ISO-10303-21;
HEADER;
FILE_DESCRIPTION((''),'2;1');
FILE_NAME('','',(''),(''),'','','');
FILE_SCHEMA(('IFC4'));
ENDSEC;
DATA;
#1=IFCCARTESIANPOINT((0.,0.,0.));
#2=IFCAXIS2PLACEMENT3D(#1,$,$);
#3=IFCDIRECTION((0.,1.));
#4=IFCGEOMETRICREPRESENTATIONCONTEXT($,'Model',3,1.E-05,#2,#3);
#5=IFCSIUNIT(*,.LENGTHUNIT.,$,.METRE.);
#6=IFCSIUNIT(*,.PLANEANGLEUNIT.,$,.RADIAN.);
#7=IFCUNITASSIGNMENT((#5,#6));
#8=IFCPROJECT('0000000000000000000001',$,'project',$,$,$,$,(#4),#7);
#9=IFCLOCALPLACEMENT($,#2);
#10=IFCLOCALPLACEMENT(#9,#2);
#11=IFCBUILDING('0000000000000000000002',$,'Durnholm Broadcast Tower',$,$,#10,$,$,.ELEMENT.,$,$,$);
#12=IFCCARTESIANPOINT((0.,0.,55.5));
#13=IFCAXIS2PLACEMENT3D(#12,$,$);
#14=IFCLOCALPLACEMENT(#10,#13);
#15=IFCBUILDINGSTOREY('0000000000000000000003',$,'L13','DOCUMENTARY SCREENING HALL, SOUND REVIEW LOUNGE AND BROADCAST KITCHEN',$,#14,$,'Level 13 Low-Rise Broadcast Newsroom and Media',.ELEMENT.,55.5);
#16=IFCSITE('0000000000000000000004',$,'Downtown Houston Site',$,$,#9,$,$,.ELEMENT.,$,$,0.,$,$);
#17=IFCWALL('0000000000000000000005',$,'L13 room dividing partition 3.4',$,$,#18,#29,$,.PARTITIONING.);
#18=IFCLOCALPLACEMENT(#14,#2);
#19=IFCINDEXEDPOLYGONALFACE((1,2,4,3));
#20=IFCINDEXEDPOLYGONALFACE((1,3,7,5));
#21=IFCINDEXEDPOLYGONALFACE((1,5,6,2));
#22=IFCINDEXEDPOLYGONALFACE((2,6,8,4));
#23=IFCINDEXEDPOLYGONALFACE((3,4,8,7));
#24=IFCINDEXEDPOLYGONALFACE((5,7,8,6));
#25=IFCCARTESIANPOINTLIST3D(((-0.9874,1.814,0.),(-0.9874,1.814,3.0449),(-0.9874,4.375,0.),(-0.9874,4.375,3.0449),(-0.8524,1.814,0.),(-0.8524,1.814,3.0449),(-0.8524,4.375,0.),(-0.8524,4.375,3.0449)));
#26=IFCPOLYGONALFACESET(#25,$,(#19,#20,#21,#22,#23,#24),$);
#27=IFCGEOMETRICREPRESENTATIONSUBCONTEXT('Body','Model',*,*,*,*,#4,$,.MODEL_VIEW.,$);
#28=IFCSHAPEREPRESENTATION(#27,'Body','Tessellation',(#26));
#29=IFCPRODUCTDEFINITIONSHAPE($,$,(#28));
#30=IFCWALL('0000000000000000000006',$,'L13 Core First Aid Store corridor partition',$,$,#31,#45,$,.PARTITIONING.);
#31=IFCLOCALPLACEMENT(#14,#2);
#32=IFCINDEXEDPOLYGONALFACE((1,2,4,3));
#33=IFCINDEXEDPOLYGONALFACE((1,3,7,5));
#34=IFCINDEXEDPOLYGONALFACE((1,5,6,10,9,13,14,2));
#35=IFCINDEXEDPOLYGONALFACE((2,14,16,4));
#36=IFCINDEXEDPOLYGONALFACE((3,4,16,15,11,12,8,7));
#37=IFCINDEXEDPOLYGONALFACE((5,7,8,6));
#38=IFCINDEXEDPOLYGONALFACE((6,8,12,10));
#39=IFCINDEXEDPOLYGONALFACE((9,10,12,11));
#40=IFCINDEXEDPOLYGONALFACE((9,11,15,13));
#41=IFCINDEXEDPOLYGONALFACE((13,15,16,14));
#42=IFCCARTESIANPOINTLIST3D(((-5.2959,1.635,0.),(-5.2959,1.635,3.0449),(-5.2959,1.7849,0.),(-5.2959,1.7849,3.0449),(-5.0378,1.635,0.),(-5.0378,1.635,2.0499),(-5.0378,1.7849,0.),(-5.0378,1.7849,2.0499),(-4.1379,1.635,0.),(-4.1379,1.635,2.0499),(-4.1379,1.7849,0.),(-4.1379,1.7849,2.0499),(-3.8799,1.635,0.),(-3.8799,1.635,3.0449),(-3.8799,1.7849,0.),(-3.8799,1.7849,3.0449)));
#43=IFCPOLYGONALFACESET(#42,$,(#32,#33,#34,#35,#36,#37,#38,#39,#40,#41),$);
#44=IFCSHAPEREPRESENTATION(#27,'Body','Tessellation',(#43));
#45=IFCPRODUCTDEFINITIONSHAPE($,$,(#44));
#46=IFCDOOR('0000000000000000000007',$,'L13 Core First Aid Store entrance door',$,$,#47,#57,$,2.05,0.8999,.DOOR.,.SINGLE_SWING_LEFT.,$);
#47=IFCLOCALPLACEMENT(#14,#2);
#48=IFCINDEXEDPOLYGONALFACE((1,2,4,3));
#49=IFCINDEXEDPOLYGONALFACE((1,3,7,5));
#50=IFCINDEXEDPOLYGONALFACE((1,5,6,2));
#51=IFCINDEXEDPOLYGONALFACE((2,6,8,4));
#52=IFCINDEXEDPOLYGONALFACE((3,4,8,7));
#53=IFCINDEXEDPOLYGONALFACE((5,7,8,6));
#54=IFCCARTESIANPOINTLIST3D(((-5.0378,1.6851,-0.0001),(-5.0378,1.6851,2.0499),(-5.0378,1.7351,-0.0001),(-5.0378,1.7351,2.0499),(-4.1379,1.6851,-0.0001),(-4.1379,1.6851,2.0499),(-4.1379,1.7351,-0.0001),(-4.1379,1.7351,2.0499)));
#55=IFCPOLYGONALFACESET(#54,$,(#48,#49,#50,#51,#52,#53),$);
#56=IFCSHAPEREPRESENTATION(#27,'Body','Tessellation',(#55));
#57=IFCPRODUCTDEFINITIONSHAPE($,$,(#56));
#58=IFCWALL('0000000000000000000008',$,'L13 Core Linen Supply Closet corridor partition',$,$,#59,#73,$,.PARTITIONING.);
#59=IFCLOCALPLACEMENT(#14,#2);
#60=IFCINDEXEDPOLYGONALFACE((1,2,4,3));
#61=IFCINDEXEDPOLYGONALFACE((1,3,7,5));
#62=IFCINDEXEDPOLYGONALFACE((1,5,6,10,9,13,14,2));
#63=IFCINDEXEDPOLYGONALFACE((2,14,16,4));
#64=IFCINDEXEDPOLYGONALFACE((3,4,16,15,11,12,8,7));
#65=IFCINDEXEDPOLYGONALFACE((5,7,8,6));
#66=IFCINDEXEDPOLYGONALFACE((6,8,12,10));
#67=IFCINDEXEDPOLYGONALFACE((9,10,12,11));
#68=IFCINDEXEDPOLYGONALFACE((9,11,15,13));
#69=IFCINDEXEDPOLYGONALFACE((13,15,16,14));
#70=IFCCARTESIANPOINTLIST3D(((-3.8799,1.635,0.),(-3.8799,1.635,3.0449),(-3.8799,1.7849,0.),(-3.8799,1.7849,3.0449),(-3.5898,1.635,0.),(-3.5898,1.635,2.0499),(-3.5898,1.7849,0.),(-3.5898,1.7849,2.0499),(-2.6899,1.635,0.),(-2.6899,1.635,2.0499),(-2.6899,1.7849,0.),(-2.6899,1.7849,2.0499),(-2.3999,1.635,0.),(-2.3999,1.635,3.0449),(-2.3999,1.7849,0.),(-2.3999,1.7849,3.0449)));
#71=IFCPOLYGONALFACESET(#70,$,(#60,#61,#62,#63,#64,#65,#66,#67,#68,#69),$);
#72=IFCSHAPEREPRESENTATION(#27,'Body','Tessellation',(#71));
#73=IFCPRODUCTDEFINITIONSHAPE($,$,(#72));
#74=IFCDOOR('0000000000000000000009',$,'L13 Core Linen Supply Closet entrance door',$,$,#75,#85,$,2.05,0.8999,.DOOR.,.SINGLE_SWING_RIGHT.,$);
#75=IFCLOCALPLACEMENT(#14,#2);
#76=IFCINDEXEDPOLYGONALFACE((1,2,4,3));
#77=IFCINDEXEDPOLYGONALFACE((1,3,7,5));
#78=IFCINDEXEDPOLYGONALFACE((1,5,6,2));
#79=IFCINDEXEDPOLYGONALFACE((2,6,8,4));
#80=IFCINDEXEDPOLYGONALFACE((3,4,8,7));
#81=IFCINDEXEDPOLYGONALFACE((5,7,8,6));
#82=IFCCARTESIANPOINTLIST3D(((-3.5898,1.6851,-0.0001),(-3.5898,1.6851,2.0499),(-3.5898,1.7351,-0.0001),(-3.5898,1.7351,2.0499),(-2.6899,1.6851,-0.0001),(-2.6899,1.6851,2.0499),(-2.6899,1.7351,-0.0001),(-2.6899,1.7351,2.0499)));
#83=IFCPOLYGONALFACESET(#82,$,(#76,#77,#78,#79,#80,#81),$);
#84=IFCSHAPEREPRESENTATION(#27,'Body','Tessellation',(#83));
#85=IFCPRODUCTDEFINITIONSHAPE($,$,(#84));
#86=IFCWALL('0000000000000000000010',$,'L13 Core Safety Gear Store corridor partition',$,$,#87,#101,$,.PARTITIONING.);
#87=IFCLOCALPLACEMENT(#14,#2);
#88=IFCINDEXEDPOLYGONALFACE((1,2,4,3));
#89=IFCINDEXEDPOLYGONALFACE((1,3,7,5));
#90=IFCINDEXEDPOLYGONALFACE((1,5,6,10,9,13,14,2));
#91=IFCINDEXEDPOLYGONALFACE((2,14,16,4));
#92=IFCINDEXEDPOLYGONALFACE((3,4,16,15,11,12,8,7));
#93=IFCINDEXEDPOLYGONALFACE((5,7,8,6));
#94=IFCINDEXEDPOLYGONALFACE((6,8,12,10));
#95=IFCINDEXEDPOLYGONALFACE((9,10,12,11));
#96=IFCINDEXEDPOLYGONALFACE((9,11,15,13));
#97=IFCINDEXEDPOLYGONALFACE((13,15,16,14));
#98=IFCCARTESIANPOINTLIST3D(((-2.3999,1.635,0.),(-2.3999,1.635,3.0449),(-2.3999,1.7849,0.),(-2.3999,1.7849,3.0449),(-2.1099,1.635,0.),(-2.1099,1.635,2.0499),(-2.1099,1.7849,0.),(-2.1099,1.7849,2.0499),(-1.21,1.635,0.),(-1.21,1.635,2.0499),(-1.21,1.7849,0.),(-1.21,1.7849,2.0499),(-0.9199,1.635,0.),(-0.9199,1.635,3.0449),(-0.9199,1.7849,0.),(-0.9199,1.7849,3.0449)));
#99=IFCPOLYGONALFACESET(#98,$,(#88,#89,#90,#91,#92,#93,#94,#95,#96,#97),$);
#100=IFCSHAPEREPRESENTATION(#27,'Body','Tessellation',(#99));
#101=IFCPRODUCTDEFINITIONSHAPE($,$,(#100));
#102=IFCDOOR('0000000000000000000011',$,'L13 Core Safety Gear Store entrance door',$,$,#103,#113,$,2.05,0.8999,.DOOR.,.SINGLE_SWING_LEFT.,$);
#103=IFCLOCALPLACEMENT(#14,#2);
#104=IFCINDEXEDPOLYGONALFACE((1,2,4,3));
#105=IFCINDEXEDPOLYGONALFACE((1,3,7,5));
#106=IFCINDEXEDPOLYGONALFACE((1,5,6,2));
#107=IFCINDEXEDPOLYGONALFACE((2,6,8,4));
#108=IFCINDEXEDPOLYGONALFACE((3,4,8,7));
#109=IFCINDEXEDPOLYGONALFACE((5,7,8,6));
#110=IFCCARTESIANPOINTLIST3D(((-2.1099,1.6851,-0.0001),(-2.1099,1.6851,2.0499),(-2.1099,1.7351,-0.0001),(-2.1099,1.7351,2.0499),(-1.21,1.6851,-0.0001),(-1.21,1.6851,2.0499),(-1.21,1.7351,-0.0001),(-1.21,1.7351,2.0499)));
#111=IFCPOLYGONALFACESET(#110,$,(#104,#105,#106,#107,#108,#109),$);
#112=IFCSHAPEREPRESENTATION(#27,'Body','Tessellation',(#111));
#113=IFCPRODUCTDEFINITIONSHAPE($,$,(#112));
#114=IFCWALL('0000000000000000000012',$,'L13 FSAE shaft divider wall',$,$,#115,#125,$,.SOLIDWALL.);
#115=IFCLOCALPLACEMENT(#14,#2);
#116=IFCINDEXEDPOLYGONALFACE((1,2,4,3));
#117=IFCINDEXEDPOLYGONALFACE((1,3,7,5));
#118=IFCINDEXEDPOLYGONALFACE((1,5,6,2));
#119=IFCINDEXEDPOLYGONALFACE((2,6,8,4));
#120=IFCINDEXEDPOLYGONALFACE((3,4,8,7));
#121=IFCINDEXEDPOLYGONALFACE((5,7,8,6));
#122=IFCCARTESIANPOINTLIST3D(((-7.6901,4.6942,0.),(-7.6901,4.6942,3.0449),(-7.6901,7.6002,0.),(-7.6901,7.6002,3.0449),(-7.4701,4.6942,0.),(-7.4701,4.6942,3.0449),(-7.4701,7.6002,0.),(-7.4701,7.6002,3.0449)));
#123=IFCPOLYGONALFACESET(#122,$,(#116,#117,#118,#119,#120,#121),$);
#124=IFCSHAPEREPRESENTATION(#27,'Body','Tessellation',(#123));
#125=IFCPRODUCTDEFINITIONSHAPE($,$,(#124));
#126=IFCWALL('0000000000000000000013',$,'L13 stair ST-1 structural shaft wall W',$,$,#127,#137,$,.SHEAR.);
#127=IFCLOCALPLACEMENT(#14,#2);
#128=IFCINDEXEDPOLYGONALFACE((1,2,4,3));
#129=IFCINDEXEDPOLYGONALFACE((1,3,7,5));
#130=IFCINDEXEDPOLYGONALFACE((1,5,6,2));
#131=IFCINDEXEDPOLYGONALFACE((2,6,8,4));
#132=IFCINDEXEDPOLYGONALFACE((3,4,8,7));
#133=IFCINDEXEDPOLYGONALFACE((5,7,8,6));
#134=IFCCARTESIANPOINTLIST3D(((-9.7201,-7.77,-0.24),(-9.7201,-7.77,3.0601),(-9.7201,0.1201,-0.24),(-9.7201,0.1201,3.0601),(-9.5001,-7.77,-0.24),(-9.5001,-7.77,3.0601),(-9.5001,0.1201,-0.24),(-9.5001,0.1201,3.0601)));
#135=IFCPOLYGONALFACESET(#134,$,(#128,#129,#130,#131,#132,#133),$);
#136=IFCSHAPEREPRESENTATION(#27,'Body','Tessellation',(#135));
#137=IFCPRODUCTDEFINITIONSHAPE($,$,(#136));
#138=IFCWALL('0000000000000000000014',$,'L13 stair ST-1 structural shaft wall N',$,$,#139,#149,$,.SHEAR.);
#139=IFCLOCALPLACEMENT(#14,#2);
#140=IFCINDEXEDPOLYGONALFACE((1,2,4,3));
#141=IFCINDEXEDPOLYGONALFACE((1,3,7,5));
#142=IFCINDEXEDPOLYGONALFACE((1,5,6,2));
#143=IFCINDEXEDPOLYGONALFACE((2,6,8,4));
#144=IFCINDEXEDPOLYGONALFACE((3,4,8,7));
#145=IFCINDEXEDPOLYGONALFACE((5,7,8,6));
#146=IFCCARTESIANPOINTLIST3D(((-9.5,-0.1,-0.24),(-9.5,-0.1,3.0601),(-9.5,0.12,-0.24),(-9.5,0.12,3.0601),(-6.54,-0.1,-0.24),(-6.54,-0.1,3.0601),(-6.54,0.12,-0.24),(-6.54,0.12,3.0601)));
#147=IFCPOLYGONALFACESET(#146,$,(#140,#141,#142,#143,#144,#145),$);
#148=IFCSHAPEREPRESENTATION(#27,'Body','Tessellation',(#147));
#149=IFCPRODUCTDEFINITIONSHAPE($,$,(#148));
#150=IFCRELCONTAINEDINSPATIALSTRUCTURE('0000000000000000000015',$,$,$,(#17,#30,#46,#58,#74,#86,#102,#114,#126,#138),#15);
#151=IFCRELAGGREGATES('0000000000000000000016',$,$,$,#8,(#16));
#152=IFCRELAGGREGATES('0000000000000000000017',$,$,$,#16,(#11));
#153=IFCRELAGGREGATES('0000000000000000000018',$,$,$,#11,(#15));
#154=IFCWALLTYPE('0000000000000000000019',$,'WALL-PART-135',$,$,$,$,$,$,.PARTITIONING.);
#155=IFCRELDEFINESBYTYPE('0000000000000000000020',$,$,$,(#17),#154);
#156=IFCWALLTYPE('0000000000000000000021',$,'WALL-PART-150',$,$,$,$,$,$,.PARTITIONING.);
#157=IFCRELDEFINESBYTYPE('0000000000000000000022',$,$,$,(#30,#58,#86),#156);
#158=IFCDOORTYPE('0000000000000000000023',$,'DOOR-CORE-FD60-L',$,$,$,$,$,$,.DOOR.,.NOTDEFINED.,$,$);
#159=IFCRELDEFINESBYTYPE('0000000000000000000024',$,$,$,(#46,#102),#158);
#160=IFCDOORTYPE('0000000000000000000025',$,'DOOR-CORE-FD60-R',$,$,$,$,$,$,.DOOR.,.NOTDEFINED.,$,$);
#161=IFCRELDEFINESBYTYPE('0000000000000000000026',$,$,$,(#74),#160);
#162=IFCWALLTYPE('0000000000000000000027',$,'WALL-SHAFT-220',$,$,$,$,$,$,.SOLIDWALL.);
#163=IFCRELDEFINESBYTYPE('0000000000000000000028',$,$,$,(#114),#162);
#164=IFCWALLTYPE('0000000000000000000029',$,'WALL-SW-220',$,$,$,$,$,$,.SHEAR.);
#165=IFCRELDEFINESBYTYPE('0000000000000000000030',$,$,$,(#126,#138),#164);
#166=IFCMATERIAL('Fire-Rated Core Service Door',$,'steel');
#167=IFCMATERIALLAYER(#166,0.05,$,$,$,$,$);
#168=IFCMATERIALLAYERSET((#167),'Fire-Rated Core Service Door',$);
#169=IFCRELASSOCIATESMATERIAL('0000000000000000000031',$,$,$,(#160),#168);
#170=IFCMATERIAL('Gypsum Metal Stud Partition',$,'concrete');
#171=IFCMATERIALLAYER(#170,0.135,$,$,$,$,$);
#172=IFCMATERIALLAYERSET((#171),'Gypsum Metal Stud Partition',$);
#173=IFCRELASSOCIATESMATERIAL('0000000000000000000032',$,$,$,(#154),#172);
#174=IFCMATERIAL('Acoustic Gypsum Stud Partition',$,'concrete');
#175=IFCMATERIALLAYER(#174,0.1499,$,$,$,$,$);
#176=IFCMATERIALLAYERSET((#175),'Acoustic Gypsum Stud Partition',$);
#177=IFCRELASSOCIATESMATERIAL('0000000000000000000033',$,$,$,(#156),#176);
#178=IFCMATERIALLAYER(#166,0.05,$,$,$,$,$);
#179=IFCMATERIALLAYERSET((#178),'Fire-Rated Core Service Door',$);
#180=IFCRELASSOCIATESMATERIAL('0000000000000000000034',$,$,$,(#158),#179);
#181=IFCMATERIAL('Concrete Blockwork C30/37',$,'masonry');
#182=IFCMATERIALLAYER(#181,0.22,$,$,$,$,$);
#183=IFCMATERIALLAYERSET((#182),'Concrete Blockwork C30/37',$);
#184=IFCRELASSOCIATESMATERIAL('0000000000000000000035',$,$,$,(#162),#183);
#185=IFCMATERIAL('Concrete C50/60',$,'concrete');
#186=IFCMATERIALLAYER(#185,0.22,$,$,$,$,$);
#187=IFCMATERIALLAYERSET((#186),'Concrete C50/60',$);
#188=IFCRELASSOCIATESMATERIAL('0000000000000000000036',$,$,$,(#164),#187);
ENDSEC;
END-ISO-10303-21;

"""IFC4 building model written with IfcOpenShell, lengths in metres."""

from ifc_helpers import new_model, si_unit, direction, frame, frame_2d, origin, place, context, subcontext, project, spatial, rectangle, extrude, source, transform, mapped, material, layer, layer_set, type_object, type_shapes, element, fill, save


model = new_model("IFC4")

# Units and contexts
model_context = context("Model", 3, precision=1e-05, world=origin(), true_north=direction((0.0, 1.0)))
body_context = subcontext(model_context, "Body", "Model", "MODEL_VIEW")
ifc_project = project(units=[si_unit("LENGTHUNIT", "METRE"), si_unit("PLANEANGLEUNIT", "RADIAN")], contexts=[model_context])

# Site, building, storey
site_placement = place(None, origin())
site = spatial("IfcSite", under=ifc_project, at=site_placement, Name="Downtown Houston Site", CompositionType="ELEMENT", RefElevation=0.0)
building_placement = place(site_placement, origin())
building = spatial("IfcBuilding", under=site, at=building_placement, Name="Durnholm Broadcast Tower", CompositionType="ELEMENT")
storey_placement = place(building_placement, frame((0.0, 0.0, 55.5)))
storey = spatial("IfcBuildingStorey", under=building, at=storey_placement, Name="L13", Description="DOCUMENTARY SCREENING HALL, SOUND REVIEW LOUNGE AND BROADCAST KITCHEN", LongName="Level 13 Low-Rise Broadcast Newsroom and Media", CompositionType="ELEMENT", Elevation=55.5)

# Shared definitions
ifc_material_1 = material(Name="Fire-Rated Core Service Door", Category="steel")
ifc_layer_1 = layer(ifc_material_1, 0.05)
ifc_layer_set_1 = layer_set([ifc_layer_1], Name="Fire-Rated Core Service Door")
door_type_1 = type_object("IfcDoorType", Name="DOOR-CORE-FD60-R", OperationType="NOTDEFINED", PredefinedType="DOOR", material=ifc_layer_set_1)
shared_shape_1 = source(origin(), body_context, "Body", "SweptSolid", [
    extrude(rectangle(XDim=0.8999, YDim=2.05, at=frame_2d((0.45, 1.0249))), frame((0.0, 0.0249, 0.0), z_axis=(0.0, -1.0, 0.0), x_axis=(1.0, 0.0, 0.0)), (0.0, 0.0, 1.0), 0.05),
])
type_shapes(door_type_1, [shared_shape_1])

# Wall
ifc_material_2 = material(Name="Gypsum Metal Stud Partition", Category="concrete")
ifc_layer_2 = layer(ifc_material_2, 0.135)
ifc_layer_set_2 = layer_set([ifc_layer_2], Name="Gypsum Metal Stud Partition")
wall_type_1 = type_object("IfcWallType", Name="WALL-PART-135", PredefinedType="PARTITIONING", material=ifc_layer_set_2)
wall_1_placement = place(storey_placement, frame((-0.9199, 4.375, 0.0), z_axis=(0.0, 0.0, 1.0), x_axis=(0.0, -1.0, 0.0)))
element("IfcWall", 1, at=wall_1_placement, inside=storey, type_object=wall_type_1, Name="L13 room dividing partition 3.4", PredefinedType="PARTITIONING", context=body_context, shape_type="SweptSolid", body=[
    extrude(rectangle(XDim=2.561, YDim=0.135, at=frame_2d((1.2805, 0.0))), origin(), (0.0, 0.0, 1.0), 3.0449),
])

# Walls, openings, doors
ifc_material_3 = material(Name="Acoustic Gypsum Stud Partition", Category="concrete")
ifc_layer_3 = layer(ifc_material_3, 0.1499)
ifc_layer_set_3 = layer_set([ifc_layer_3], Name="Acoustic Gypsum Stud Partition")
wall_type_2 = type_object("IfcWallType", Name="WALL-PART-150", PredefinedType="PARTITIONING", material=ifc_layer_set_3)
wall_2_placement = place(storey_placement, frame((-3.8799, 1.71, 0.0), z_axis=(0.0, 0.0, 1.0), x_axis=(-1.0, 0.0, 0.0)))
wall_2 = element("IfcWall", 2, at=wall_2_placement, inside=storey, type_object=wall_type_2, Name="L13 Core First Aid Store corridor partition", PredefinedType="PARTITIONING", context=body_context, shape_type="SweptSolid", body=[
    extrude(rectangle(XDim=1.416, YDim=0.1499, at=frame_2d((0.708, 0.0))), origin(), (0.0, 0.0, 1.0), 3.0449),
])
opening_1_placement = place(wall_2_placement, frame((0.2581, 0.0, 0.0)))
opening_1 = element("IfcOpeningElement", 3, at=opening_1_placement, cuts=wall_2, PredefinedType="OPENING", context=body_context, shape_type="SweptSolid", body=[
    extrude(rectangle(XDim=0.8999, YDim=2.05, at=frame_2d((0.45, 1.0249))), frame((0.0, 0.085, 0.0), z_axis=(0.0, -1.0, 0.0), x_axis=(1.0, 0.0, 0.0)), (0.0, 0.0, 1.0), 0.1699),
])
ifc_layer_4 = layer(ifc_material_1, 0.05)
ifc_layer_set_4 = layer_set([ifc_layer_4], Name="Fire-Rated Core Service Door")
door_type_2 = type_object("IfcDoorType", Name="DOOR-CORE-FD60-L", OperationType="NOTDEFINED", PredefinedType="DOOR", material=ifc_layer_set_4)
shared_shape_2 = source(origin(), body_context, "Body", "SweptSolid", [
    extrude(rectangle(XDim=0.8999, YDim=2.05, at=frame_2d((0.45, 1.0249))), frame((0.0, 0.0249, 0.0), z_axis=(0.0, -1.0, 0.0), x_axis=(1.0, 0.0, 0.0)), (0.0, 0.0, 1.0), 0.05),
])
type_shapes(door_type_2, [shared_shape_2])
door_1_placement = place(opening_1_placement, origin())
door_1 = element("IfcDoor", 4, at=door_1_placement, inside=storey, type_object=door_type_2, Name="L13 Core First Aid Store entrance door", OperationType="SINGLE_SWING_LEFT", OverallHeight=2.05, OverallWidth=0.8999, PredefinedType="DOOR", context=body_context, shape_type="MappedRepresentation", body=[
    mapped(shared_shape_2, transform((0.0, 0.0, 0.0), x_axis=(1.0, 0.0, 0.0), y_axis=(0.0, 1.0, 0.0), z_axis=(0.0, 0.0, 1.0), scale=1.0)),
])
fill(opening_1, door_1)
wall_3_placement = place(storey_placement, frame((-2.3999, 1.71, 0.0), z_axis=(0.0, 0.0, 1.0), x_axis=(-1.0, 0.0, 0.0)))
wall_3 = element("IfcWall", 5, at=wall_3_placement, inside=storey, type_object=wall_type_2, Name="L13 Core Linen Supply Closet corridor partition", PredefinedType="PARTITIONING", context=body_context, shape_type="SweptSolid", body=[
    extrude(rectangle(XDim=1.48, YDim=0.1499, at=frame_2d((0.74, 0.0))), origin(), (0.0, 0.0, 1.0), 3.0449),
])
opening_2_placement = place(wall_3_placement, frame((0.29, 0.0, 0.0)))
opening_2 = element("IfcOpeningElement", 6, at=opening_2_placement, cuts=wall_3, PredefinedType="OPENING", context=body_context, shape_type="SweptSolid", body=[
    extrude(rectangle(XDim=0.8999, YDim=2.05, at=frame_2d((0.45, 1.0249))), frame((0.0, 0.085, 0.0), z_axis=(0.0, -1.0, 0.0), x_axis=(1.0, 0.0, 0.0)), (0.0, 0.0, 1.0), 0.1699),
])
door_2_placement = place(opening_2_placement, origin())
door_2 = element("IfcDoor", 7, at=door_2_placement, inside=storey, type_object=door_type_1, Name="L13 Core Linen Supply Closet entrance door", OperationType="SINGLE_SWING_RIGHT", OverallHeight=2.05, OverallWidth=0.8999, PredefinedType="DOOR", context=body_context, shape_type="MappedRepresentation", body=[
    mapped(shared_shape_1, transform((0.0, 0.0, 0.0), x_axis=(1.0, 0.0, 0.0), y_axis=(0.0, 1.0, 0.0), z_axis=(0.0, 0.0, 1.0), scale=1.0)),
])
fill(opening_2, door_2)
wall_4_placement = place(storey_placement, frame((-0.9199, 1.71, 0.0), z_axis=(0.0, 0.0, 1.0), x_axis=(-1.0, 0.0, 0.0)))
wall_4 = element("IfcWall", 8, at=wall_4_placement, inside=storey, type_object=wall_type_2, Name="L13 Core Safety Gear Store corridor partition", PredefinedType="PARTITIONING", context=body_context, shape_type="SweptSolid", body=[
    extrude(rectangle(XDim=1.48, YDim=0.1499, at=frame_2d((0.74, 0.0))), origin(), (0.0, 0.0, 1.0), 3.0449),
])
opening_3_placement = place(wall_4_placement, frame((0.29, 0.0, 0.0)))
opening_3 = element("IfcOpeningElement", 9, at=opening_3_placement, cuts=wall_4, PredefinedType="OPENING", context=body_context, shape_type="SweptSolid", body=[
    extrude(rectangle(XDim=0.8999, YDim=2.05, at=frame_2d((0.45, 1.0249))), frame((0.0, 0.085, 0.0), z_axis=(0.0, -1.0, 0.0), x_axis=(1.0, 0.0, 0.0)), (0.0, 0.0, 1.0), 0.1699),
])
door_3_placement = place(opening_3_placement, origin())
door_3 = element("IfcDoor", 10, at=door_3_placement, inside=storey, type_object=door_type_2, Name="L13 Core Safety Gear Store entrance door", OperationType="SINGLE_SWING_LEFT", OverallHeight=2.05, OverallWidth=0.8999, PredefinedType="DOOR", context=body_context, shape_type="MappedRepresentation", body=[
    mapped(shared_shape_2, transform((0.0, 0.0, 0.0), x_axis=(1.0, 0.0, 0.0), y_axis=(0.0, 1.0, 0.0), z_axis=(0.0, 0.0, 1.0), scale=1.0)),
])
fill(opening_3, door_3)

# Shared definitions
ifc_material_4 = material(Name="Concrete Blockwork C30/37", Category="masonry")
ifc_layer_5 = layer(ifc_material_4, 0.22)
ifc_layer_set_5 = layer_set([ifc_layer_5], Name="Concrete Blockwork C30/37")
wall_type_3 = type_object("IfcWallType", Name="WALL-SHAFT-220", PredefinedType="SOLIDWALL", material=ifc_layer_set_5)

# Walls
wall_5_placement = place(storey_placement, frame((-7.5801, 4.6941, 0.0), z_axis=(0.0, 0.0, 1.0), x_axis=(0.0, 1.0, 0.0)))
element("IfcWall", 11, at=wall_5_placement, inside=storey, type_object=wall_type_3, Name="L13 FSAE shaft divider wall", PredefinedType="SOLIDWALL", context=body_context, shape_type="SweptSolid", body=[
    extrude(rectangle(XDim=2.906, YDim=0.22, at=frame_2d((1.4531, 0.0))), origin(), (0.0, 0.0, 1.0), 3.0449),
])
ifc_material_5 = material(Name="Concrete C50/60", Category="concrete")
ifc_layer_6 = layer(ifc_material_5, 0.22)
ifc_layer_set_6 = layer_set([ifc_layer_6], Name="Concrete C50/60")
wall_type_4 = type_object("IfcWallType", Name="WALL-SW-220", PredefinedType="SHEAR", material=ifc_layer_set_6)
wall_6_placement = place(storey_placement, frame((-9.6101, 0.1201, -0.24), z_axis=(0.0, 0.0, 1.0), x_axis=(0.0, -1.0, 0.0)))
element("IfcWall", 12, at=wall_6_placement, inside=storey, type_object=wall_type_4, Name="L13 stair ST-1 structural shaft wall W", PredefinedType="SHEAR", context=body_context, shape_type="SweptSolid", body=[
    extrude(rectangle(XDim=7.8901, YDim=0.22, at=frame_2d((3.9451, 0.0))), origin(), (0.0, 0.0, 1.0), 3.3),
])
wall_7_placement = place(storey_placement, frame((-6.54, 0.01, -0.24), z_axis=(0.0, 0.0, 1.0), x_axis=(-1.0, 0.0, 0.0)))
element("IfcWall", 13, at=wall_7_placement, inside=storey, type_object=wall_type_4, Name="L13 stair ST-1 structural shaft wall N", PredefinedType="SHEAR", context=body_context, shape_type="SweptSolid", body=[
    extrude(rectangle(XDim=2.96, YDim=0.22, at=frame_2d((1.48, 0.0))), origin(), (0.0, 0.0, 1.0), 3.3),
])

save(model, "model.ifc")
